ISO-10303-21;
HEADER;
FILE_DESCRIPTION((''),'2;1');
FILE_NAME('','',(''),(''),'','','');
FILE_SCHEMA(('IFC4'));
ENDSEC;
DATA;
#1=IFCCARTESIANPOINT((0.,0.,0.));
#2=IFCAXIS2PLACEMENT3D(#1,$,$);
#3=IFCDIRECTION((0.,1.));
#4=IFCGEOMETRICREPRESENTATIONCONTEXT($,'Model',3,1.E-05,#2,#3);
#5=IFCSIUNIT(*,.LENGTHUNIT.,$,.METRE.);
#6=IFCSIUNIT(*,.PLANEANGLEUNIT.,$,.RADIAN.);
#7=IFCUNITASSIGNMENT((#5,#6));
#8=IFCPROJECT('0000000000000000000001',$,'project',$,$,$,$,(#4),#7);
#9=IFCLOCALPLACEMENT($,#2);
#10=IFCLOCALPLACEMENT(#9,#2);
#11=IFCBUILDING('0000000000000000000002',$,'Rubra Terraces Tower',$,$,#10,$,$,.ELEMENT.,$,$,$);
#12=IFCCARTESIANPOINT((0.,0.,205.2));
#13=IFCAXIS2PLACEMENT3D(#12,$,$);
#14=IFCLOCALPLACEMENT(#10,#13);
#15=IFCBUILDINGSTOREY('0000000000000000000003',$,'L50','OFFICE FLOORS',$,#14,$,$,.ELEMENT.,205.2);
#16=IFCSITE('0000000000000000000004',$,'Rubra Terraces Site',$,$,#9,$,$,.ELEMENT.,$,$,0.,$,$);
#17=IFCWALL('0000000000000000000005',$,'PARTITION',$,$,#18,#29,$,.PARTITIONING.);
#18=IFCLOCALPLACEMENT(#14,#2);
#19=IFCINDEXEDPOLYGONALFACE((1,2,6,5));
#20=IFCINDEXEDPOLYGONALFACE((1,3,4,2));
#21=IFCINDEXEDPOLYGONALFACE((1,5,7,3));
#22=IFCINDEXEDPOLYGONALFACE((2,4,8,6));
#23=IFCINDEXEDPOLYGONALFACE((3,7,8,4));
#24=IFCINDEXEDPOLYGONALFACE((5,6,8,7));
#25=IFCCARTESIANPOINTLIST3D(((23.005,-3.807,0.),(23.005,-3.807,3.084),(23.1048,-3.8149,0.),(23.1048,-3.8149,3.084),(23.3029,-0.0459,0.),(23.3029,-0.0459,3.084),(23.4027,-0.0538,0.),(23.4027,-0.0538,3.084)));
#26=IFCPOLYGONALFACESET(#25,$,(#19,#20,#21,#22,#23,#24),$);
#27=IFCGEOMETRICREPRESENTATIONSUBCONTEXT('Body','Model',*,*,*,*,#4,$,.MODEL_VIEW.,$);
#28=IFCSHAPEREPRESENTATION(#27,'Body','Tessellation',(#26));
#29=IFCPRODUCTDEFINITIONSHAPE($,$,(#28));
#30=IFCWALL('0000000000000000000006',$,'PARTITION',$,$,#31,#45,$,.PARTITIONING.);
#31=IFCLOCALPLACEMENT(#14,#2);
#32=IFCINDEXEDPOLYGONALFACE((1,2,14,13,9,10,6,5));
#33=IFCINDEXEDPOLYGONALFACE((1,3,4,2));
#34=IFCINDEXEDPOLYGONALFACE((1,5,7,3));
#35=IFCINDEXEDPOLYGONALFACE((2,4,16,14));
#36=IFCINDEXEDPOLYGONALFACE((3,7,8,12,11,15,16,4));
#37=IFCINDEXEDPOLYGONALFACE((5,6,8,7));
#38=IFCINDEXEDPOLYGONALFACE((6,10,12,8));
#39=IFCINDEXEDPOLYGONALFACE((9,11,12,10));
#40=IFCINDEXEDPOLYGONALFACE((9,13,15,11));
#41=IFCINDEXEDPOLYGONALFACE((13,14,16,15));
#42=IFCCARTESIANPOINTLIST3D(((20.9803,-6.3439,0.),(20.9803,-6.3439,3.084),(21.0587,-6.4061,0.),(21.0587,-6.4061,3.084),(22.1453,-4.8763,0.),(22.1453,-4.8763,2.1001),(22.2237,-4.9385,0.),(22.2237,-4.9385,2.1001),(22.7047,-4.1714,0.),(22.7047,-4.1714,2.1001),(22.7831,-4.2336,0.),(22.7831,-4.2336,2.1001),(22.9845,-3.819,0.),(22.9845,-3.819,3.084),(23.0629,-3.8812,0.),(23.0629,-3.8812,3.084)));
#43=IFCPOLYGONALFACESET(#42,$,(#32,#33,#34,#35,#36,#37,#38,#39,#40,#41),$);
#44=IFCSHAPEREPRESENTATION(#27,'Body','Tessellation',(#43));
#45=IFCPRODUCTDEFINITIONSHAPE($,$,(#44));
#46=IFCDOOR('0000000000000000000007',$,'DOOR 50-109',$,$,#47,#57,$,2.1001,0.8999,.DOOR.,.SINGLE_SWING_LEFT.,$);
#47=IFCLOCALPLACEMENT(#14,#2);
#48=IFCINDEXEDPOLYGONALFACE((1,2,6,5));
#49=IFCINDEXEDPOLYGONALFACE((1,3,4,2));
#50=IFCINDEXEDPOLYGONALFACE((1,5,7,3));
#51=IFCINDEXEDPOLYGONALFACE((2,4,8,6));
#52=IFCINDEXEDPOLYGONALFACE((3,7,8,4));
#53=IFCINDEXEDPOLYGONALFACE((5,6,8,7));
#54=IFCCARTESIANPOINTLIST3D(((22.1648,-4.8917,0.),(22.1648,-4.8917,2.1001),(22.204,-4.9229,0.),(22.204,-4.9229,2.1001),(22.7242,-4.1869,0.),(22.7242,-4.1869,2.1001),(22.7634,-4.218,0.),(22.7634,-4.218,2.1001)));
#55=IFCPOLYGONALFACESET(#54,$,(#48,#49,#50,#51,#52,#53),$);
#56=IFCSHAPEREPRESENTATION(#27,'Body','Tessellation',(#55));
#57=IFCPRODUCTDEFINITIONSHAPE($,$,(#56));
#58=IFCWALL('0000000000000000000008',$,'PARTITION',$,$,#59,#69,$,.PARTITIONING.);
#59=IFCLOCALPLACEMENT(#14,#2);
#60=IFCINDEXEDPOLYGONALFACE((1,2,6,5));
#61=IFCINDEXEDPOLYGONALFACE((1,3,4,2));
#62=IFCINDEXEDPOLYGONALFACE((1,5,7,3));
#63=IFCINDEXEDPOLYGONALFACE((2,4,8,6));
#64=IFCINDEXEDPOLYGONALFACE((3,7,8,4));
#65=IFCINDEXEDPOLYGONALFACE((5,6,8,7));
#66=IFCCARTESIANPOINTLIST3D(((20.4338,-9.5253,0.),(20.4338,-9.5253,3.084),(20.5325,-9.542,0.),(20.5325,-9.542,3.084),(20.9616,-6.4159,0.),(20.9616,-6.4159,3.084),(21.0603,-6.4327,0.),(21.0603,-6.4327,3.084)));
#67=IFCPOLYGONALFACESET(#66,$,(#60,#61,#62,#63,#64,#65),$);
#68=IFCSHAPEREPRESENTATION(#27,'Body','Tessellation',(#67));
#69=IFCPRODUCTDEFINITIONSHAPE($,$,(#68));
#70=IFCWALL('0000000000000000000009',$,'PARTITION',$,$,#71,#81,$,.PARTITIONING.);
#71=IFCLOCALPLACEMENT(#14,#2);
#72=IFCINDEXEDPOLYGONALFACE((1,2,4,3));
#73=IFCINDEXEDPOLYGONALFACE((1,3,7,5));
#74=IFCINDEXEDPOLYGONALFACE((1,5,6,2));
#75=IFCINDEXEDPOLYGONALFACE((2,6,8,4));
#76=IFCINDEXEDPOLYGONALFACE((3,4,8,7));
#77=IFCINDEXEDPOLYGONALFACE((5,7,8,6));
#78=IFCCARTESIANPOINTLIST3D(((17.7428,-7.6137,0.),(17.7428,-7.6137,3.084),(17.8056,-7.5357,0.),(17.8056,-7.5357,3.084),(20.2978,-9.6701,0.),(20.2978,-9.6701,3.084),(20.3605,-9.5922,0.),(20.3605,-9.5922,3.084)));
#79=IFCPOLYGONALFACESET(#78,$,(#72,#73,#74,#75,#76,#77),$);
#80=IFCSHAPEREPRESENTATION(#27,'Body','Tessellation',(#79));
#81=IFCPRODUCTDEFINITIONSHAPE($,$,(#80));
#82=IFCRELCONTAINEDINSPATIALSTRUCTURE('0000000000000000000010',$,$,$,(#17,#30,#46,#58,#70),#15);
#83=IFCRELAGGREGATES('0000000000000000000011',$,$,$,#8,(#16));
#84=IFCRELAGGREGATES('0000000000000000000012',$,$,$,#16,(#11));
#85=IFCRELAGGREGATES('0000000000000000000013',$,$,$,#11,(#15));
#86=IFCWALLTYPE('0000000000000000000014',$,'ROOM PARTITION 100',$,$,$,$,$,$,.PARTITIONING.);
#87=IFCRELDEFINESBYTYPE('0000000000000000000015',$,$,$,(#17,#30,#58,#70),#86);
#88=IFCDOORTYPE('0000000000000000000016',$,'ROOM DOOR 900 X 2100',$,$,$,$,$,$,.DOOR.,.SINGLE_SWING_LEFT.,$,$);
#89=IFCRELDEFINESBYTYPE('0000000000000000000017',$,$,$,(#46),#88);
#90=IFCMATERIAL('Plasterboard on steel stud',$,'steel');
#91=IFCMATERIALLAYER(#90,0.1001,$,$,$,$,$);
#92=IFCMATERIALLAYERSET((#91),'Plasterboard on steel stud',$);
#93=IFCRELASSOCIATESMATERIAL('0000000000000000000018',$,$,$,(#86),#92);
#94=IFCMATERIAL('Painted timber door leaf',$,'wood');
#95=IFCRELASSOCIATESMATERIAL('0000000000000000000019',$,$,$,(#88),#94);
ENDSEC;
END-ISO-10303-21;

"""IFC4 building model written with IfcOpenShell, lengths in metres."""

from ifc_helpers import new_model, si_unit, direction, frame, frame_2d, origin, place, context, subcontext, project, spatial, rectangle, extrude, material, layer, layer_set, type_object, element, fill, save


model = new_model("IFC4")

# Units and contexts
model_context = context("Model", 3, precision=1e-05, world=origin(), true_north=direction((0.0, 1.0)))
body_context = subcontext(model_context, "Body", "Model", "MODEL_VIEW")
ifc_project = project(units=[si_unit("LENGTHUNIT", "METRE"), si_unit("PLANEANGLEUNIT", "RADIAN")], contexts=[model_context])

# Site, building, storey
site_placement = place(None, origin())
site = spatial("IfcSite", under=ifc_project, at=site_placement, Name="Rubra Terraces Site", CompositionType="ELEMENT", RefElevation=0.0)
building_placement = place(site_placement, origin())
building = spatial("IfcBuilding", under=site, at=building_placement, Name="Rubra Terraces Tower", CompositionType="ELEMENT")
storey_placement = place(building_placement, frame((0.0, 0.0, 205.2)))
storey = spatial("IfcBuildingStorey", under=building, at=storey_placement, Name="L50", Description="OFFICE FLOORS", CompositionType="ELEMENT", Elevation=205.2)

# Shared definitions
ifc_material_1 = material(Name="Painted timber door leaf", Category="wood")

# Wall
ifc_material_2 = material(Name="Plasterboard on steel stud", Category="steel")
ifc_layer_1 = layer(ifc_material_2, 0.1001)
ifc_layer_set_1 = layer_set([ifc_layer_1], Name="Plasterboard on steel stud")
wall_type_1 = type_object("IfcWallType", Name="ROOM PARTITION 100", PredefinedType="PARTITIONING", material=ifc_layer_set_1)
wall_1_placement = place(storey_placement, frame((23.3528, -0.0498, 0.0), z_axis=(0.0, 0.0, 1.0), x_axis=(-0.078943, -0.996879, 0.0)))
element("IfcWall", 1, at=wall_1_placement, inside=storey, type_object=wall_type_1, Name="PARTITION", PredefinedType="PARTITIONING", context=body_context, shape_type="SweptSolid", body=[
    extrude(rectangle(XDim=3.7729, YDim=0.1001, at=frame_2d((1.8865, 0.0))), origin(), (0.0, 0.0, 1.0), 3.084),
])

# Wall, opening, door
wall_2_placement = place(storey_placement, frame((23.0237, -3.8501, 0.0), z_axis=(0.0, 0.0, 1.0), x_axis=(-0.621707, -0.78325, 0.0)))
wall_2 = element("IfcWall", 2, at=wall_2_placement, inside=storey, type_object=wall_type_1, Name="PARTITION", PredefinedType="PARTITIONING", context=body_context, shape_type="SweptSolid", body=[
    extrude(rectangle(XDim=3.2236, YDim=0.1001, at=frame_2d((1.6118, 0.0))), origin(), (0.0, 0.0, 1.0), 3.084),
])
opening_1_placement = place(wall_2_placement, frame((0.45, 0.0, 0.0)))
opening_1 = element("IfcOpeningElement", 3, at=opening_1_placement, cuts=wall_2, PredefinedType="OPENING", context=body_context, shape_type="SweptSolid", body=[
    extrude(rectangle(XDim=0.8999, YDim=2.1001, at=frame_2d((0.45, 1.05))), frame((0.0, 0.0601, 0.0), z_axis=(0.0, -1.0, 0.0), x_axis=(1.0, 0.0, 0.0)), (0.0, 0.0, 1.0), 0.1201),
])
door_type_1 = type_object("IfcDoorType", Name="ROOM DOOR 900 X 2100", OperationType="SINGLE_SWING_LEFT", PredefinedType="DOOR", material=ifc_material_1)
door_1_placement = place(opening_1_placement, origin())
door_1 = element("IfcDoor", 4, at=door_1_placement, inside=storey, type_object=door_type_1, Name="DOOR 50-109", OperationType="SINGLE_SWING_LEFT", OverallHeight=2.1001, OverallWidth=0.8999, PredefinedType="DOOR", context=body_context, shape_type="SweptSolid", body=[
    extrude(rectangle(XDim=0.8999, YDim=2.1001, at=frame_2d((0.45, 1.05))), frame((0.0, 0.0249, 0.0), z_axis=(0.0, -1.0, 0.0), x_axis=(1.0, 0.0, 0.0)), (0.0, 0.0, 1.0), 0.05),
])
fill(opening_1, door_1)

# Walls
wall_3_placement = place(storey_placement, frame((21.011, -6.4243, 0.0), z_axis=(0.0, 0.0, 1.0), x_axis=(-0.167361, -0.985896, 0.0)))
element("IfcWall", 5, at=wall_3_placement, inside=storey, type_object=wall_type_1, Name="PARTITION", PredefinedType="PARTITIONING", context=body_context, shape_type="SweptSolid", body=[
    extrude(rectangle(XDim=3.1538, YDim=0.1001, at=frame_2d((1.5769, 0.0))), origin(), (0.0, 0.0, 1.0), 3.084),
])
wall_4_placement = place(storey_placement, frame((17.7742, -7.5747, 0.0), z_axis=(0.0, 0.0, 1.0), x_axis=(0.779013, -0.627007, 0.0)))
element("IfcWall", 6, at=wall_4_placement, inside=storey, type_object=wall_type_1, Name="PARTITION", PredefinedType="PARTITIONING", context=body_context, shape_type="SweptSolid", body=[
    extrude(rectangle(XDim=3.2798, YDim=0.1001, at=frame_2d((1.6399, 0.0))), origin(), (0.0, 0.0, 1.0), 3.084),
])

save(model, "model.ifc")
